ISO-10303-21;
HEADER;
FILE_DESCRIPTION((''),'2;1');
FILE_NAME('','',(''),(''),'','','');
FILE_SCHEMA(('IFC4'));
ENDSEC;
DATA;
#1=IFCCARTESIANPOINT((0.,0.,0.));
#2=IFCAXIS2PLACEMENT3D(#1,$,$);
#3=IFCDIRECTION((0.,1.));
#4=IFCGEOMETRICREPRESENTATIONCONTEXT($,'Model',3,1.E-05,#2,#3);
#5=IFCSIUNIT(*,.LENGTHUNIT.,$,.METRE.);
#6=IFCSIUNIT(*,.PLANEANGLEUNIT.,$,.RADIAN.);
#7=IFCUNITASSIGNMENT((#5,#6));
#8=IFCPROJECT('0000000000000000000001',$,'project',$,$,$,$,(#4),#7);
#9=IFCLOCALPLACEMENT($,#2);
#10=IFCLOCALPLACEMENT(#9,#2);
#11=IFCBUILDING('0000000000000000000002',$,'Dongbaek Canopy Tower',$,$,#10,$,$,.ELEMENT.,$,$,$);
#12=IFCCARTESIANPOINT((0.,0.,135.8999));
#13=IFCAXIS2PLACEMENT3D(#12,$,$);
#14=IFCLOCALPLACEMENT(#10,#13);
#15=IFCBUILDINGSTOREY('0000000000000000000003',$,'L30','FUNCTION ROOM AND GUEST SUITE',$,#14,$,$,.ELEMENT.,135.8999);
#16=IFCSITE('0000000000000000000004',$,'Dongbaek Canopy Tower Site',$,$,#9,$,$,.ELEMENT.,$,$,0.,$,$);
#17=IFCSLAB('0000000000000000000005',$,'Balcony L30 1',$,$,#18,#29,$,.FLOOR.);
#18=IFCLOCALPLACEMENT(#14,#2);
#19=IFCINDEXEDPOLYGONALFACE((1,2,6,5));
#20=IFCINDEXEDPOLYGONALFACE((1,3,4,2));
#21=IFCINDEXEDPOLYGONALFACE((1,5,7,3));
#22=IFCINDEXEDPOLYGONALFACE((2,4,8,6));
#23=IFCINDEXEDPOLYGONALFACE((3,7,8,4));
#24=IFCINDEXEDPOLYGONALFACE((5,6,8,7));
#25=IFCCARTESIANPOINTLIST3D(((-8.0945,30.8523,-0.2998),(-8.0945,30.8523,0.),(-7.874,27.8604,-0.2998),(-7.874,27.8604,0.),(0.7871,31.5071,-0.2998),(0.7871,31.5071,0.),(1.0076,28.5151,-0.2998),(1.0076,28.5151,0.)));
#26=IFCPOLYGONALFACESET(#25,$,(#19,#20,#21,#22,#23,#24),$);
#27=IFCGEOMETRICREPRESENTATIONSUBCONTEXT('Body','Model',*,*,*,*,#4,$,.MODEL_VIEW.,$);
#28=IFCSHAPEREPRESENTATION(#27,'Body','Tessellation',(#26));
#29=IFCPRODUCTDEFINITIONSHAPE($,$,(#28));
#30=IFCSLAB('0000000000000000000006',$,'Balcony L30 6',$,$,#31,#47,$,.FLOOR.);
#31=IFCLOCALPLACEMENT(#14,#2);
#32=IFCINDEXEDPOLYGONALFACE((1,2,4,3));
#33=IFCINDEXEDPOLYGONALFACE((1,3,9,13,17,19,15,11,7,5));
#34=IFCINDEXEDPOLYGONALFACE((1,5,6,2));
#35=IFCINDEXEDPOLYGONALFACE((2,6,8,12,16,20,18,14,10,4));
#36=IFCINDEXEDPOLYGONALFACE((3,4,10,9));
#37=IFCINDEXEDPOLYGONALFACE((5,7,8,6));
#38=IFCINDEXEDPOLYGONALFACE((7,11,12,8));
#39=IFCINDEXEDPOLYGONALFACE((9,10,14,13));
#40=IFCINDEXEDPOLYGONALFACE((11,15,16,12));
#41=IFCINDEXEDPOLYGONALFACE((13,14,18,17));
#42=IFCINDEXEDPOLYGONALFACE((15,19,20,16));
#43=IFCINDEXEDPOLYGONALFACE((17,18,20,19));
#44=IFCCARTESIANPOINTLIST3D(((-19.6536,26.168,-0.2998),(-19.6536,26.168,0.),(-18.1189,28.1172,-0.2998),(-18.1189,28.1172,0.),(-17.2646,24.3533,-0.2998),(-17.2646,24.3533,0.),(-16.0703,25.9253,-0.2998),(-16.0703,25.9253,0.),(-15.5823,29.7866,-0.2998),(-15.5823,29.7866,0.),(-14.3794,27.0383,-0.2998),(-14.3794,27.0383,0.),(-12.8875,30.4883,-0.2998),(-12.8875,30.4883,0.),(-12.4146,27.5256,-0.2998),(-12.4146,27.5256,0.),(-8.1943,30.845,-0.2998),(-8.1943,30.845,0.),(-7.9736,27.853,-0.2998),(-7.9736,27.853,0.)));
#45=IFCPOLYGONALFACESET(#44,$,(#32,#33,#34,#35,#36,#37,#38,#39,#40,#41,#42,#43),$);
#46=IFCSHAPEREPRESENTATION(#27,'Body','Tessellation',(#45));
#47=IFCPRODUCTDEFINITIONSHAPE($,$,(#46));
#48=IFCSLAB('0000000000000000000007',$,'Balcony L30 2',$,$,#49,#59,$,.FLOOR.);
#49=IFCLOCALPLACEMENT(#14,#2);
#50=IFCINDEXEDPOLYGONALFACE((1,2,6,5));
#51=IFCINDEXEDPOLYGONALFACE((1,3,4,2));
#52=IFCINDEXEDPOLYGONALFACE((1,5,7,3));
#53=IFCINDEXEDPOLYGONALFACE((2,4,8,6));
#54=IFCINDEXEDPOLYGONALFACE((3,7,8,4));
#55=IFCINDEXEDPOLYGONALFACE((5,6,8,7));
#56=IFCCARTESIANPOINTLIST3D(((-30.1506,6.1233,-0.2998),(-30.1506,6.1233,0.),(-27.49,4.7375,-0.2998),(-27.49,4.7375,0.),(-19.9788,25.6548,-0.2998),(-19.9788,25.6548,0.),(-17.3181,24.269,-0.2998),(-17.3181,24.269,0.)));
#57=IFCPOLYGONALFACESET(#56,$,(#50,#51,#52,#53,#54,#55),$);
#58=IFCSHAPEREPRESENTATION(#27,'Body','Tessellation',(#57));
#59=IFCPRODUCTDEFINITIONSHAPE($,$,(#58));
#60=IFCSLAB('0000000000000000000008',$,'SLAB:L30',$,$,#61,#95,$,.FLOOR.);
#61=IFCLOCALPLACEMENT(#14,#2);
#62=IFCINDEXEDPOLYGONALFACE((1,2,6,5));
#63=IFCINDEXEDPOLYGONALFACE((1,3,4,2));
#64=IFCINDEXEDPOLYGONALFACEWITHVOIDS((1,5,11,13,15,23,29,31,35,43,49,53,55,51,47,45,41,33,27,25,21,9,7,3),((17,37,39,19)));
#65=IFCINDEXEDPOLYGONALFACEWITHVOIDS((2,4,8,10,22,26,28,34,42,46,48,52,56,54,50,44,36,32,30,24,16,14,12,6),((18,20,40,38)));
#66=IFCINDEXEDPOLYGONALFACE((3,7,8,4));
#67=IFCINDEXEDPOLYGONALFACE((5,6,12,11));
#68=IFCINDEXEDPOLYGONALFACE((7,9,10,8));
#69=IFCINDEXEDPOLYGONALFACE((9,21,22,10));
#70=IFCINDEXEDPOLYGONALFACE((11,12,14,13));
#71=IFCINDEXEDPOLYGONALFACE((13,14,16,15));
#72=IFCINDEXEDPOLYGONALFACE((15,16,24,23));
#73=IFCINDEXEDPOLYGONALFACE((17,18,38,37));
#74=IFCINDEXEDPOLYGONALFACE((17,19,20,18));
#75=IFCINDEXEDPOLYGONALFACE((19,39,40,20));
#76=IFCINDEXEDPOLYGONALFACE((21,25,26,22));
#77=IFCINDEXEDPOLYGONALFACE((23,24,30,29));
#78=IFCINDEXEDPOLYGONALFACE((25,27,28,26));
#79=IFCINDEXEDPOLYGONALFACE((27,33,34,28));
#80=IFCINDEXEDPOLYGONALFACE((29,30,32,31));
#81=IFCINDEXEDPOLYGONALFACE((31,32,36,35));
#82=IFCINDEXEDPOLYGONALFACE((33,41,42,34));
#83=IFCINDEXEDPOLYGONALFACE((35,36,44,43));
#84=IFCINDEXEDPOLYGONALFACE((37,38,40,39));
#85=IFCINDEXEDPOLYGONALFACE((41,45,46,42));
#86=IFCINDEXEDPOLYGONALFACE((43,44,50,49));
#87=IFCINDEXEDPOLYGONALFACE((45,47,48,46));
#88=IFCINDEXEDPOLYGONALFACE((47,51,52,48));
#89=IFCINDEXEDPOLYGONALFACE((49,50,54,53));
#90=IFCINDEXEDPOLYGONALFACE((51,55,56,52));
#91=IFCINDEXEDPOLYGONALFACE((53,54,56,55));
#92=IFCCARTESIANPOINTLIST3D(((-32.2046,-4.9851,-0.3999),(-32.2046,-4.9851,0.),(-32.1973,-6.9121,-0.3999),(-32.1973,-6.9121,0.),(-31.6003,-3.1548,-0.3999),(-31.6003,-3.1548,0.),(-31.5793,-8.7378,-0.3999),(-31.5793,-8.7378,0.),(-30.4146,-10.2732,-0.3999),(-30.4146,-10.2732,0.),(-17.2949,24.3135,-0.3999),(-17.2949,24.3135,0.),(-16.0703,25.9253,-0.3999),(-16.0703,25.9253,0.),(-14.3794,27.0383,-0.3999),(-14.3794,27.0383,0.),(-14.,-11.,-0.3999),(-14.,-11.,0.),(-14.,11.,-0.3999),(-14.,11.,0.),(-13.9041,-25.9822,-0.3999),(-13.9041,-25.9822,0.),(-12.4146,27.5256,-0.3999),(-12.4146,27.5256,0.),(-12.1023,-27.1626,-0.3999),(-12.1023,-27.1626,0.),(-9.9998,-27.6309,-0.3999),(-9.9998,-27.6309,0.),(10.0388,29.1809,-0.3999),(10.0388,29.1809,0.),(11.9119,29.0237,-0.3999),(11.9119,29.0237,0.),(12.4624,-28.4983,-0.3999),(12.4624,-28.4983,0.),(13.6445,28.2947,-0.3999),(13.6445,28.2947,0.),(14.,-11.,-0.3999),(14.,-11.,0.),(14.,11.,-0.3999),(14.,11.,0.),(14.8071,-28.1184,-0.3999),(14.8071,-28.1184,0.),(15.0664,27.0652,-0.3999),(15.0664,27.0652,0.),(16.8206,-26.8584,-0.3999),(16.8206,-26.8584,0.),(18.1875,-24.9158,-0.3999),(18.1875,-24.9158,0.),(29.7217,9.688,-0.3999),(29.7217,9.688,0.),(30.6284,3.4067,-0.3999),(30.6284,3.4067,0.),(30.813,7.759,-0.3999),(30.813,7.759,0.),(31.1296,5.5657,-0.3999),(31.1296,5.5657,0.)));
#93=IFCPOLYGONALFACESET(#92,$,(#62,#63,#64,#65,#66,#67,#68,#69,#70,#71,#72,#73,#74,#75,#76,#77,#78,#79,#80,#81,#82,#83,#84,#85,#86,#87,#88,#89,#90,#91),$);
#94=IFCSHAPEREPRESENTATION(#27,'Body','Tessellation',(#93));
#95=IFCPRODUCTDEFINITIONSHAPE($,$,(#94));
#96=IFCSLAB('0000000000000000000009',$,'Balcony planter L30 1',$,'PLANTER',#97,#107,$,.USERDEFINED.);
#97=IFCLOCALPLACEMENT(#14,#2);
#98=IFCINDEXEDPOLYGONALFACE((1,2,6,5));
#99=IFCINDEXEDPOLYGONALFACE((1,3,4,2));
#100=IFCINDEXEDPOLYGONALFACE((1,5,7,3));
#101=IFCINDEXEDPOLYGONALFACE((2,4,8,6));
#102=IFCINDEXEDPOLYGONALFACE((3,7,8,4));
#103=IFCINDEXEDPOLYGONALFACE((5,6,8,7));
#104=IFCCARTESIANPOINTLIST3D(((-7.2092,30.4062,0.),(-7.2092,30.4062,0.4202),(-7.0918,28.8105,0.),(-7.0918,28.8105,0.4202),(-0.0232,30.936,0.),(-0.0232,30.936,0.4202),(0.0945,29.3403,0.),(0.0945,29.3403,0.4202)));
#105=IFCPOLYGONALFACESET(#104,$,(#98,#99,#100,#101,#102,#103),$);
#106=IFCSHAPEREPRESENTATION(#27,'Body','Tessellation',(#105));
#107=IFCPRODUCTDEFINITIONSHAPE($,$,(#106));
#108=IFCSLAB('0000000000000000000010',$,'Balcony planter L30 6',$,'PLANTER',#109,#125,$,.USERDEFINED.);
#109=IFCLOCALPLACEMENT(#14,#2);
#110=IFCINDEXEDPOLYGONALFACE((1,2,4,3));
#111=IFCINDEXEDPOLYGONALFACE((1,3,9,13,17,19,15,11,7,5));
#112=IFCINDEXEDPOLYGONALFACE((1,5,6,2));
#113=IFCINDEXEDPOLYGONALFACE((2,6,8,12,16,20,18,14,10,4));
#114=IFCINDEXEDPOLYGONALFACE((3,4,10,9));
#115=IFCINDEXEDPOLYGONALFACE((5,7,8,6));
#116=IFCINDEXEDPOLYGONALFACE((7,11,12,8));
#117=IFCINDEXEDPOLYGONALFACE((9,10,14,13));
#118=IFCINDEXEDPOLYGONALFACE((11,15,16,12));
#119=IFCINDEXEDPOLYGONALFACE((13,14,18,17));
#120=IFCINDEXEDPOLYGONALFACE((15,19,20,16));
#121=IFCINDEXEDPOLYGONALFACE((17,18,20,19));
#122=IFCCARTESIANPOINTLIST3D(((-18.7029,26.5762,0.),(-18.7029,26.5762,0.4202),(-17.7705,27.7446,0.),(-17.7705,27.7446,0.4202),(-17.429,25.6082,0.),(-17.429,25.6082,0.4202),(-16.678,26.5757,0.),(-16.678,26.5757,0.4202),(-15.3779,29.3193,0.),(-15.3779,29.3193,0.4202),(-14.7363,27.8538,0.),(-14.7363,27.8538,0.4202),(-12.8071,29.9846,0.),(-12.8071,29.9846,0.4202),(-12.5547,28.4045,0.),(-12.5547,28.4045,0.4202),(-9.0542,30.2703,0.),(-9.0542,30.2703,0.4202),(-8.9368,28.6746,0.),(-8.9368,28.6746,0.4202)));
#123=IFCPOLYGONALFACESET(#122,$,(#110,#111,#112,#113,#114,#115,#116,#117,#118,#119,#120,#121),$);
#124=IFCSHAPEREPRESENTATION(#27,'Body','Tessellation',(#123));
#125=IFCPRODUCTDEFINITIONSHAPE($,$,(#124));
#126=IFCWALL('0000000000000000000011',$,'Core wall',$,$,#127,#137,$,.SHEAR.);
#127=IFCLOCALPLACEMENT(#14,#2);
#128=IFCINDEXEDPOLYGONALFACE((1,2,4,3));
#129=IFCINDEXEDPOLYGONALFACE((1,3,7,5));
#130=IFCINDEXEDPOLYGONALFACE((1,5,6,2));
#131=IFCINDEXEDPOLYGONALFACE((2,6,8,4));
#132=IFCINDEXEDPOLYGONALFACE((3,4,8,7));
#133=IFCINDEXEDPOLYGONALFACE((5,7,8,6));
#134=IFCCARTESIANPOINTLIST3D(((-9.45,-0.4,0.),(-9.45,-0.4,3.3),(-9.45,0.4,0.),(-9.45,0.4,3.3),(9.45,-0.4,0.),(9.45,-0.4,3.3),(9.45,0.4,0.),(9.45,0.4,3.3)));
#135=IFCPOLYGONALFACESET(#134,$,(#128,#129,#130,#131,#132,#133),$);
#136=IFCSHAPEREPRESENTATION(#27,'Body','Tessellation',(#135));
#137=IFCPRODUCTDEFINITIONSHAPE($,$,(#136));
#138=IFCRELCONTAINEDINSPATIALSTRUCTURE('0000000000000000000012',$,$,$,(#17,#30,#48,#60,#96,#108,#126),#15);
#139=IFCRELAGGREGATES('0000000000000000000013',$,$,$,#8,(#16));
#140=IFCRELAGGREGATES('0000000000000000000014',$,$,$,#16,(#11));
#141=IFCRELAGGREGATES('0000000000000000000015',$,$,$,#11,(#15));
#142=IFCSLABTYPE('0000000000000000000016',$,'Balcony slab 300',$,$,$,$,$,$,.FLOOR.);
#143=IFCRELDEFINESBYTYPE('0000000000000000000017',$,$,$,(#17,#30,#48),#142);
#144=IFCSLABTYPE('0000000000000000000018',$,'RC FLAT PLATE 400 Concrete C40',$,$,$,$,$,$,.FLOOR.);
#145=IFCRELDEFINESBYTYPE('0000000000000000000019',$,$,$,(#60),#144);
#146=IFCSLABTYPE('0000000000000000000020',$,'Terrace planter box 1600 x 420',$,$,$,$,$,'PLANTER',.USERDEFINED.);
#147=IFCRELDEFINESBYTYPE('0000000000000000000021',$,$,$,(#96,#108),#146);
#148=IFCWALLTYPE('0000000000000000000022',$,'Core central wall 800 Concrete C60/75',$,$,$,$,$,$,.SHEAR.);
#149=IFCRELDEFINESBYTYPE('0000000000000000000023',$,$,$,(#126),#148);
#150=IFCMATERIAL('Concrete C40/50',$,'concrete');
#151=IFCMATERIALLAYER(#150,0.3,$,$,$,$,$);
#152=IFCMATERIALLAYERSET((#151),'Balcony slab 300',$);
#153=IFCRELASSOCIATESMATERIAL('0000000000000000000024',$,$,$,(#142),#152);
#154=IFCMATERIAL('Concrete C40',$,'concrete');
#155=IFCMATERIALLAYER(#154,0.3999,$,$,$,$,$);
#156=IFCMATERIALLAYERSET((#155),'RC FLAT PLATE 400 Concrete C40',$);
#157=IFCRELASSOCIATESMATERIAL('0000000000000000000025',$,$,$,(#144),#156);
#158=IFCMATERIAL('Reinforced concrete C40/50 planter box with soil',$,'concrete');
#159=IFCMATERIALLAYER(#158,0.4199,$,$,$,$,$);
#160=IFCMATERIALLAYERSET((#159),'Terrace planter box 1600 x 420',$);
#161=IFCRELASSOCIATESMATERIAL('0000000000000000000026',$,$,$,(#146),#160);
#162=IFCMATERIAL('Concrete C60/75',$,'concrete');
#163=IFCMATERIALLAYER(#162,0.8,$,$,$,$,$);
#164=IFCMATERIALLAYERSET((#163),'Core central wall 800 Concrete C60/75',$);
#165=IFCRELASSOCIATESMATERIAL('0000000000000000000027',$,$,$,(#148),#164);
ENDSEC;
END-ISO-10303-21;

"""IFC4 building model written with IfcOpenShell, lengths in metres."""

from ifc_helpers import new_model, si_unit, direction, frame, frame_2d, origin, place, context, subcontext, project, spatial, polyline, rectangle, outline, extrude, material, layer, layer_set, type_object, element, save


model = new_model("IFC4")

# Units and contexts
model_context = context("Model", 3, precision=1e-05, world=origin(), true_north=direction((0.0, 1.0)))
body_context = subcontext(model_context, "Body", "Model", "MODEL_VIEW")
ifc_project = project(units=[si_unit("LENGTHUNIT", "METRE"), si_unit("PLANEANGLEUNIT", "RADIAN")], contexts=[model_context])

# Site, building, storey
site_placement = place(None, origin())
site = spatial("IfcSite", under=ifc_project, at=site_placement, Name="Dongbaek Canopy Tower Site", CompositionType="ELEMENT", RefElevation=0.0)
building_placement = place(site_placement, origin())
building = spatial("IfcBuilding", under=site, at=building_placement, Name="Dongbaek Canopy Tower", CompositionType="ELEMENT")
storey_placement = place(building_placement, frame((0.0, 0.0, 135.8999)))
storey = spatial("IfcBuildingStorey", under=building, at=storey_placement, Name="L30", Description="FUNCTION ROOM AND GUEST SUITE", CompositionType="ELEMENT", Elevation=135.8999)

# Slabs
ifc_material_1 = material(Name="Concrete C40/50", Category="concrete")
ifc_layer_1 = layer(ifc_material_1, 0.3)
ifc_layer_set_1 = layer_set([ifc_layer_1], Name="Balcony slab 300")
slab_type_1 = type_object("IfcSlabType", Name="Balcony slab 300", PredefinedType="FLOOR", material=ifc_layer_set_1)
slab_1_placement = place(storey_placement, frame((0.0, 0.0, -0.2998)))
element("IfcSlab", 1, at=slab_1_placement, inside=storey, type_object=slab_type_1, Name="Balcony L30 1", PredefinedType="FLOOR", context=body_context, shape_type="SweptSolid", body=[
    extrude(outline(polyline([(1.0076, 28.5151), (-7.874, 27.8604), (-8.0945, 30.8523), (0.7871, 31.5071), (1.0076, 28.5151)])), origin(), (0.0, 0.0, 1.0), 0.2998),
])
slab_2_placement = place(storey_placement, frame((0.0, 0.0, -0.2998)))
element("IfcSlab", 2, at=slab_2_placement, inside=storey, type_object=slab_type_1, Name="Balcony L30 6", PredefinedType="FLOOR", context=body_context, shape_type="SweptSolid", body=[
    extrude(outline(polyline([(-7.9736, 27.853), (-12.4146, 27.5256), (-14.3794, 27.0383), (-16.0703, 25.9253), (-17.2646, 24.3533), (-19.6536, 26.168), (-18.1189, 28.1172), (-15.5823, 29.7866), (-12.8875, 30.4883), (-8.1943, 30.845), (-7.9736, 27.853)])), origin(), (0.0, 0.0, 1.0), 0.2998),
])
slab_3_placement = place(storey_placement, frame((0.0, 0.0, -0.2998)))
element("IfcSlab", 3, at=slab_3_placement, inside=storey, type_object=slab_type_1, Name="Balcony L30 2", PredefinedType="FLOOR", context=body_context, shape_type="SweptSolid", body=[
    extrude(outline(polyline([(-17.3181, 24.269), (-27.49, 4.7375), (-30.1506, 6.1233), (-19.9788, 25.6548), (-17.3181, 24.269)])), origin(), (0.0, 0.0, 1.0), 0.2998),
])
ifc_material_2 = material(Name="Concrete C40", Category="concrete")
ifc_layer_2 = layer(ifc_material_2, 0.3999)
ifc_layer_set_2 = layer_set([ifc_layer_2], Name="RC FLAT PLATE 400 Concrete C40")
slab_type_2 = type_object("IfcSlabType", Name="RC FLAT PLATE 400 Concrete C40", PredefinedType="FLOOR", material=ifc_layer_set_2)
slab_4_placement = place(storey_placement, frame((0.0, 0.0, -0.3999)))
element("IfcSlab", 4, at=slab_4_placement, inside=storey, type_object=slab_type_2, Name="SLAB:L30", PredefinedType="FLOOR", context=body_context, shape_type="SweptSolid", body=[
    extrude(outline(polyline([(18.1875, -24.9158), (16.8206, -26.8584), (14.8071, -28.1184), (12.4624, -28.4983), (-9.9998, -27.6309), (-12.1023, -27.1626), (-13.9041, -25.9822), (-30.4146, -10.2732), (-31.5793, -8.7378), (-32.1973, -6.9121), (-32.2046, -4.9851), (-31.6003, -3.1548), (-17.2949, 24.3135), (-16.0703, 25.9253), (-14.3794, 27.0383), (-12.4146, 27.5256), (10.0388, 29.1809), (11.9119, 29.0237), (13.6445, 28.2947), (15.0664, 27.0652), (29.7217, 9.688), (30.813, 7.759), (31.1296, 5.5657), (30.6284, 3.4067), (18.1875, -24.9158)]), holes=[polyline([(14.0, 11.0), (-14.0, 11.0), (-14.0, -11.0), (14.0, -11.0), (14.0, 11.0)])]), origin(), (0.0, 0.0, 1.0), 0.3999),
])
ifc_material_3 = material(Name="Reinforced concrete C40/50 planter box with soil", Category="concrete")
ifc_layer_3 = layer(ifc_material_3, 0.4199)
ifc_layer_set_3 = layer_set([ifc_layer_3], Name="Terrace planter box 1600 x 420")
slab_type_3 = type_object("IfcSlabType", Name="Terrace planter box 1600 x 420", ElementType="PLANTER", PredefinedType="USERDEFINED", material=ifc_layer_set_3)
slab_5_placement = place(storey_placement, origin())
element("IfcSlab", 5, at=slab_5_placement, inside=storey, type_object=slab_type_3, Name="Balcony planter L30 1", ObjectType="PLANTER", PredefinedType="USERDEFINED", context=body_context, shape_type="SweptSolid", body=[
    extrude(outline(polyline([(0.0945, 29.3403), (-7.0918, 28.8105), (-7.2092, 30.4062), (-0.0232, 30.936), (0.0945, 29.3403)])), origin(), (0.0, 0.0, 1.0), 0.4202),
])
slab_6_placement = place(storey_placement, origin())
element("IfcSlab", 6, at=slab_6_placement, inside=storey, type_object=slab_type_3, Name="Balcony planter L30 6", ObjectType="PLANTER", PredefinedType="USERDEFINED", context=body_context, shape_type="SweptSolid", body=[
    extrude(outline(polyline([(-8.9368, 28.6746), (-12.5547, 28.4045), (-14.7363, 27.8538), (-16.678, 26.5757), (-17.429, 25.6082), (-18.7029, 26.5762), (-17.7705, 27.7446), (-15.3779, 29.3193), (-12.8071, 29.9846), (-9.0542, 30.2703), (-8.9368, 28.6746)])), origin(), (0.0, 0.0, 1.0), 0.4202),
])

# Wall
ifc_material_4 = material(Name="Concrete C60/75", Category="concrete")
ifc_layer_4 = layer(ifc_material_4, 0.8)
ifc_layer_set_4 = layer_set([ifc_layer_4], Name="Core central wall 800 Concrete C60/75")
wall_type_1 = type_object("IfcWallType", Name="Core central wall 800 Concrete C60/75", PredefinedType="SHEAR", material=ifc_layer_set_4)
wall_1_placement = place(storey_placement, frame((-9.45, 0.0, 0.0), z_axis=(0.0, 0.0, 1.0), x_axis=(1.0, 0.0, 0.0)))
element("IfcWall", 7, at=wall_1_placement, inside=storey, type_object=wall_type_1, Name="Core wall", PredefinedType="SHEAR", context=body_context, shape_type="SweptSolid", body=[
    extrude(rectangle(XDim=18.8999, YDim=0.8, at=frame_2d((9.45, 0.0))), origin(), (0.0, 0.0, 1.0), 3.3),
])

save(model, "model.ifc")
